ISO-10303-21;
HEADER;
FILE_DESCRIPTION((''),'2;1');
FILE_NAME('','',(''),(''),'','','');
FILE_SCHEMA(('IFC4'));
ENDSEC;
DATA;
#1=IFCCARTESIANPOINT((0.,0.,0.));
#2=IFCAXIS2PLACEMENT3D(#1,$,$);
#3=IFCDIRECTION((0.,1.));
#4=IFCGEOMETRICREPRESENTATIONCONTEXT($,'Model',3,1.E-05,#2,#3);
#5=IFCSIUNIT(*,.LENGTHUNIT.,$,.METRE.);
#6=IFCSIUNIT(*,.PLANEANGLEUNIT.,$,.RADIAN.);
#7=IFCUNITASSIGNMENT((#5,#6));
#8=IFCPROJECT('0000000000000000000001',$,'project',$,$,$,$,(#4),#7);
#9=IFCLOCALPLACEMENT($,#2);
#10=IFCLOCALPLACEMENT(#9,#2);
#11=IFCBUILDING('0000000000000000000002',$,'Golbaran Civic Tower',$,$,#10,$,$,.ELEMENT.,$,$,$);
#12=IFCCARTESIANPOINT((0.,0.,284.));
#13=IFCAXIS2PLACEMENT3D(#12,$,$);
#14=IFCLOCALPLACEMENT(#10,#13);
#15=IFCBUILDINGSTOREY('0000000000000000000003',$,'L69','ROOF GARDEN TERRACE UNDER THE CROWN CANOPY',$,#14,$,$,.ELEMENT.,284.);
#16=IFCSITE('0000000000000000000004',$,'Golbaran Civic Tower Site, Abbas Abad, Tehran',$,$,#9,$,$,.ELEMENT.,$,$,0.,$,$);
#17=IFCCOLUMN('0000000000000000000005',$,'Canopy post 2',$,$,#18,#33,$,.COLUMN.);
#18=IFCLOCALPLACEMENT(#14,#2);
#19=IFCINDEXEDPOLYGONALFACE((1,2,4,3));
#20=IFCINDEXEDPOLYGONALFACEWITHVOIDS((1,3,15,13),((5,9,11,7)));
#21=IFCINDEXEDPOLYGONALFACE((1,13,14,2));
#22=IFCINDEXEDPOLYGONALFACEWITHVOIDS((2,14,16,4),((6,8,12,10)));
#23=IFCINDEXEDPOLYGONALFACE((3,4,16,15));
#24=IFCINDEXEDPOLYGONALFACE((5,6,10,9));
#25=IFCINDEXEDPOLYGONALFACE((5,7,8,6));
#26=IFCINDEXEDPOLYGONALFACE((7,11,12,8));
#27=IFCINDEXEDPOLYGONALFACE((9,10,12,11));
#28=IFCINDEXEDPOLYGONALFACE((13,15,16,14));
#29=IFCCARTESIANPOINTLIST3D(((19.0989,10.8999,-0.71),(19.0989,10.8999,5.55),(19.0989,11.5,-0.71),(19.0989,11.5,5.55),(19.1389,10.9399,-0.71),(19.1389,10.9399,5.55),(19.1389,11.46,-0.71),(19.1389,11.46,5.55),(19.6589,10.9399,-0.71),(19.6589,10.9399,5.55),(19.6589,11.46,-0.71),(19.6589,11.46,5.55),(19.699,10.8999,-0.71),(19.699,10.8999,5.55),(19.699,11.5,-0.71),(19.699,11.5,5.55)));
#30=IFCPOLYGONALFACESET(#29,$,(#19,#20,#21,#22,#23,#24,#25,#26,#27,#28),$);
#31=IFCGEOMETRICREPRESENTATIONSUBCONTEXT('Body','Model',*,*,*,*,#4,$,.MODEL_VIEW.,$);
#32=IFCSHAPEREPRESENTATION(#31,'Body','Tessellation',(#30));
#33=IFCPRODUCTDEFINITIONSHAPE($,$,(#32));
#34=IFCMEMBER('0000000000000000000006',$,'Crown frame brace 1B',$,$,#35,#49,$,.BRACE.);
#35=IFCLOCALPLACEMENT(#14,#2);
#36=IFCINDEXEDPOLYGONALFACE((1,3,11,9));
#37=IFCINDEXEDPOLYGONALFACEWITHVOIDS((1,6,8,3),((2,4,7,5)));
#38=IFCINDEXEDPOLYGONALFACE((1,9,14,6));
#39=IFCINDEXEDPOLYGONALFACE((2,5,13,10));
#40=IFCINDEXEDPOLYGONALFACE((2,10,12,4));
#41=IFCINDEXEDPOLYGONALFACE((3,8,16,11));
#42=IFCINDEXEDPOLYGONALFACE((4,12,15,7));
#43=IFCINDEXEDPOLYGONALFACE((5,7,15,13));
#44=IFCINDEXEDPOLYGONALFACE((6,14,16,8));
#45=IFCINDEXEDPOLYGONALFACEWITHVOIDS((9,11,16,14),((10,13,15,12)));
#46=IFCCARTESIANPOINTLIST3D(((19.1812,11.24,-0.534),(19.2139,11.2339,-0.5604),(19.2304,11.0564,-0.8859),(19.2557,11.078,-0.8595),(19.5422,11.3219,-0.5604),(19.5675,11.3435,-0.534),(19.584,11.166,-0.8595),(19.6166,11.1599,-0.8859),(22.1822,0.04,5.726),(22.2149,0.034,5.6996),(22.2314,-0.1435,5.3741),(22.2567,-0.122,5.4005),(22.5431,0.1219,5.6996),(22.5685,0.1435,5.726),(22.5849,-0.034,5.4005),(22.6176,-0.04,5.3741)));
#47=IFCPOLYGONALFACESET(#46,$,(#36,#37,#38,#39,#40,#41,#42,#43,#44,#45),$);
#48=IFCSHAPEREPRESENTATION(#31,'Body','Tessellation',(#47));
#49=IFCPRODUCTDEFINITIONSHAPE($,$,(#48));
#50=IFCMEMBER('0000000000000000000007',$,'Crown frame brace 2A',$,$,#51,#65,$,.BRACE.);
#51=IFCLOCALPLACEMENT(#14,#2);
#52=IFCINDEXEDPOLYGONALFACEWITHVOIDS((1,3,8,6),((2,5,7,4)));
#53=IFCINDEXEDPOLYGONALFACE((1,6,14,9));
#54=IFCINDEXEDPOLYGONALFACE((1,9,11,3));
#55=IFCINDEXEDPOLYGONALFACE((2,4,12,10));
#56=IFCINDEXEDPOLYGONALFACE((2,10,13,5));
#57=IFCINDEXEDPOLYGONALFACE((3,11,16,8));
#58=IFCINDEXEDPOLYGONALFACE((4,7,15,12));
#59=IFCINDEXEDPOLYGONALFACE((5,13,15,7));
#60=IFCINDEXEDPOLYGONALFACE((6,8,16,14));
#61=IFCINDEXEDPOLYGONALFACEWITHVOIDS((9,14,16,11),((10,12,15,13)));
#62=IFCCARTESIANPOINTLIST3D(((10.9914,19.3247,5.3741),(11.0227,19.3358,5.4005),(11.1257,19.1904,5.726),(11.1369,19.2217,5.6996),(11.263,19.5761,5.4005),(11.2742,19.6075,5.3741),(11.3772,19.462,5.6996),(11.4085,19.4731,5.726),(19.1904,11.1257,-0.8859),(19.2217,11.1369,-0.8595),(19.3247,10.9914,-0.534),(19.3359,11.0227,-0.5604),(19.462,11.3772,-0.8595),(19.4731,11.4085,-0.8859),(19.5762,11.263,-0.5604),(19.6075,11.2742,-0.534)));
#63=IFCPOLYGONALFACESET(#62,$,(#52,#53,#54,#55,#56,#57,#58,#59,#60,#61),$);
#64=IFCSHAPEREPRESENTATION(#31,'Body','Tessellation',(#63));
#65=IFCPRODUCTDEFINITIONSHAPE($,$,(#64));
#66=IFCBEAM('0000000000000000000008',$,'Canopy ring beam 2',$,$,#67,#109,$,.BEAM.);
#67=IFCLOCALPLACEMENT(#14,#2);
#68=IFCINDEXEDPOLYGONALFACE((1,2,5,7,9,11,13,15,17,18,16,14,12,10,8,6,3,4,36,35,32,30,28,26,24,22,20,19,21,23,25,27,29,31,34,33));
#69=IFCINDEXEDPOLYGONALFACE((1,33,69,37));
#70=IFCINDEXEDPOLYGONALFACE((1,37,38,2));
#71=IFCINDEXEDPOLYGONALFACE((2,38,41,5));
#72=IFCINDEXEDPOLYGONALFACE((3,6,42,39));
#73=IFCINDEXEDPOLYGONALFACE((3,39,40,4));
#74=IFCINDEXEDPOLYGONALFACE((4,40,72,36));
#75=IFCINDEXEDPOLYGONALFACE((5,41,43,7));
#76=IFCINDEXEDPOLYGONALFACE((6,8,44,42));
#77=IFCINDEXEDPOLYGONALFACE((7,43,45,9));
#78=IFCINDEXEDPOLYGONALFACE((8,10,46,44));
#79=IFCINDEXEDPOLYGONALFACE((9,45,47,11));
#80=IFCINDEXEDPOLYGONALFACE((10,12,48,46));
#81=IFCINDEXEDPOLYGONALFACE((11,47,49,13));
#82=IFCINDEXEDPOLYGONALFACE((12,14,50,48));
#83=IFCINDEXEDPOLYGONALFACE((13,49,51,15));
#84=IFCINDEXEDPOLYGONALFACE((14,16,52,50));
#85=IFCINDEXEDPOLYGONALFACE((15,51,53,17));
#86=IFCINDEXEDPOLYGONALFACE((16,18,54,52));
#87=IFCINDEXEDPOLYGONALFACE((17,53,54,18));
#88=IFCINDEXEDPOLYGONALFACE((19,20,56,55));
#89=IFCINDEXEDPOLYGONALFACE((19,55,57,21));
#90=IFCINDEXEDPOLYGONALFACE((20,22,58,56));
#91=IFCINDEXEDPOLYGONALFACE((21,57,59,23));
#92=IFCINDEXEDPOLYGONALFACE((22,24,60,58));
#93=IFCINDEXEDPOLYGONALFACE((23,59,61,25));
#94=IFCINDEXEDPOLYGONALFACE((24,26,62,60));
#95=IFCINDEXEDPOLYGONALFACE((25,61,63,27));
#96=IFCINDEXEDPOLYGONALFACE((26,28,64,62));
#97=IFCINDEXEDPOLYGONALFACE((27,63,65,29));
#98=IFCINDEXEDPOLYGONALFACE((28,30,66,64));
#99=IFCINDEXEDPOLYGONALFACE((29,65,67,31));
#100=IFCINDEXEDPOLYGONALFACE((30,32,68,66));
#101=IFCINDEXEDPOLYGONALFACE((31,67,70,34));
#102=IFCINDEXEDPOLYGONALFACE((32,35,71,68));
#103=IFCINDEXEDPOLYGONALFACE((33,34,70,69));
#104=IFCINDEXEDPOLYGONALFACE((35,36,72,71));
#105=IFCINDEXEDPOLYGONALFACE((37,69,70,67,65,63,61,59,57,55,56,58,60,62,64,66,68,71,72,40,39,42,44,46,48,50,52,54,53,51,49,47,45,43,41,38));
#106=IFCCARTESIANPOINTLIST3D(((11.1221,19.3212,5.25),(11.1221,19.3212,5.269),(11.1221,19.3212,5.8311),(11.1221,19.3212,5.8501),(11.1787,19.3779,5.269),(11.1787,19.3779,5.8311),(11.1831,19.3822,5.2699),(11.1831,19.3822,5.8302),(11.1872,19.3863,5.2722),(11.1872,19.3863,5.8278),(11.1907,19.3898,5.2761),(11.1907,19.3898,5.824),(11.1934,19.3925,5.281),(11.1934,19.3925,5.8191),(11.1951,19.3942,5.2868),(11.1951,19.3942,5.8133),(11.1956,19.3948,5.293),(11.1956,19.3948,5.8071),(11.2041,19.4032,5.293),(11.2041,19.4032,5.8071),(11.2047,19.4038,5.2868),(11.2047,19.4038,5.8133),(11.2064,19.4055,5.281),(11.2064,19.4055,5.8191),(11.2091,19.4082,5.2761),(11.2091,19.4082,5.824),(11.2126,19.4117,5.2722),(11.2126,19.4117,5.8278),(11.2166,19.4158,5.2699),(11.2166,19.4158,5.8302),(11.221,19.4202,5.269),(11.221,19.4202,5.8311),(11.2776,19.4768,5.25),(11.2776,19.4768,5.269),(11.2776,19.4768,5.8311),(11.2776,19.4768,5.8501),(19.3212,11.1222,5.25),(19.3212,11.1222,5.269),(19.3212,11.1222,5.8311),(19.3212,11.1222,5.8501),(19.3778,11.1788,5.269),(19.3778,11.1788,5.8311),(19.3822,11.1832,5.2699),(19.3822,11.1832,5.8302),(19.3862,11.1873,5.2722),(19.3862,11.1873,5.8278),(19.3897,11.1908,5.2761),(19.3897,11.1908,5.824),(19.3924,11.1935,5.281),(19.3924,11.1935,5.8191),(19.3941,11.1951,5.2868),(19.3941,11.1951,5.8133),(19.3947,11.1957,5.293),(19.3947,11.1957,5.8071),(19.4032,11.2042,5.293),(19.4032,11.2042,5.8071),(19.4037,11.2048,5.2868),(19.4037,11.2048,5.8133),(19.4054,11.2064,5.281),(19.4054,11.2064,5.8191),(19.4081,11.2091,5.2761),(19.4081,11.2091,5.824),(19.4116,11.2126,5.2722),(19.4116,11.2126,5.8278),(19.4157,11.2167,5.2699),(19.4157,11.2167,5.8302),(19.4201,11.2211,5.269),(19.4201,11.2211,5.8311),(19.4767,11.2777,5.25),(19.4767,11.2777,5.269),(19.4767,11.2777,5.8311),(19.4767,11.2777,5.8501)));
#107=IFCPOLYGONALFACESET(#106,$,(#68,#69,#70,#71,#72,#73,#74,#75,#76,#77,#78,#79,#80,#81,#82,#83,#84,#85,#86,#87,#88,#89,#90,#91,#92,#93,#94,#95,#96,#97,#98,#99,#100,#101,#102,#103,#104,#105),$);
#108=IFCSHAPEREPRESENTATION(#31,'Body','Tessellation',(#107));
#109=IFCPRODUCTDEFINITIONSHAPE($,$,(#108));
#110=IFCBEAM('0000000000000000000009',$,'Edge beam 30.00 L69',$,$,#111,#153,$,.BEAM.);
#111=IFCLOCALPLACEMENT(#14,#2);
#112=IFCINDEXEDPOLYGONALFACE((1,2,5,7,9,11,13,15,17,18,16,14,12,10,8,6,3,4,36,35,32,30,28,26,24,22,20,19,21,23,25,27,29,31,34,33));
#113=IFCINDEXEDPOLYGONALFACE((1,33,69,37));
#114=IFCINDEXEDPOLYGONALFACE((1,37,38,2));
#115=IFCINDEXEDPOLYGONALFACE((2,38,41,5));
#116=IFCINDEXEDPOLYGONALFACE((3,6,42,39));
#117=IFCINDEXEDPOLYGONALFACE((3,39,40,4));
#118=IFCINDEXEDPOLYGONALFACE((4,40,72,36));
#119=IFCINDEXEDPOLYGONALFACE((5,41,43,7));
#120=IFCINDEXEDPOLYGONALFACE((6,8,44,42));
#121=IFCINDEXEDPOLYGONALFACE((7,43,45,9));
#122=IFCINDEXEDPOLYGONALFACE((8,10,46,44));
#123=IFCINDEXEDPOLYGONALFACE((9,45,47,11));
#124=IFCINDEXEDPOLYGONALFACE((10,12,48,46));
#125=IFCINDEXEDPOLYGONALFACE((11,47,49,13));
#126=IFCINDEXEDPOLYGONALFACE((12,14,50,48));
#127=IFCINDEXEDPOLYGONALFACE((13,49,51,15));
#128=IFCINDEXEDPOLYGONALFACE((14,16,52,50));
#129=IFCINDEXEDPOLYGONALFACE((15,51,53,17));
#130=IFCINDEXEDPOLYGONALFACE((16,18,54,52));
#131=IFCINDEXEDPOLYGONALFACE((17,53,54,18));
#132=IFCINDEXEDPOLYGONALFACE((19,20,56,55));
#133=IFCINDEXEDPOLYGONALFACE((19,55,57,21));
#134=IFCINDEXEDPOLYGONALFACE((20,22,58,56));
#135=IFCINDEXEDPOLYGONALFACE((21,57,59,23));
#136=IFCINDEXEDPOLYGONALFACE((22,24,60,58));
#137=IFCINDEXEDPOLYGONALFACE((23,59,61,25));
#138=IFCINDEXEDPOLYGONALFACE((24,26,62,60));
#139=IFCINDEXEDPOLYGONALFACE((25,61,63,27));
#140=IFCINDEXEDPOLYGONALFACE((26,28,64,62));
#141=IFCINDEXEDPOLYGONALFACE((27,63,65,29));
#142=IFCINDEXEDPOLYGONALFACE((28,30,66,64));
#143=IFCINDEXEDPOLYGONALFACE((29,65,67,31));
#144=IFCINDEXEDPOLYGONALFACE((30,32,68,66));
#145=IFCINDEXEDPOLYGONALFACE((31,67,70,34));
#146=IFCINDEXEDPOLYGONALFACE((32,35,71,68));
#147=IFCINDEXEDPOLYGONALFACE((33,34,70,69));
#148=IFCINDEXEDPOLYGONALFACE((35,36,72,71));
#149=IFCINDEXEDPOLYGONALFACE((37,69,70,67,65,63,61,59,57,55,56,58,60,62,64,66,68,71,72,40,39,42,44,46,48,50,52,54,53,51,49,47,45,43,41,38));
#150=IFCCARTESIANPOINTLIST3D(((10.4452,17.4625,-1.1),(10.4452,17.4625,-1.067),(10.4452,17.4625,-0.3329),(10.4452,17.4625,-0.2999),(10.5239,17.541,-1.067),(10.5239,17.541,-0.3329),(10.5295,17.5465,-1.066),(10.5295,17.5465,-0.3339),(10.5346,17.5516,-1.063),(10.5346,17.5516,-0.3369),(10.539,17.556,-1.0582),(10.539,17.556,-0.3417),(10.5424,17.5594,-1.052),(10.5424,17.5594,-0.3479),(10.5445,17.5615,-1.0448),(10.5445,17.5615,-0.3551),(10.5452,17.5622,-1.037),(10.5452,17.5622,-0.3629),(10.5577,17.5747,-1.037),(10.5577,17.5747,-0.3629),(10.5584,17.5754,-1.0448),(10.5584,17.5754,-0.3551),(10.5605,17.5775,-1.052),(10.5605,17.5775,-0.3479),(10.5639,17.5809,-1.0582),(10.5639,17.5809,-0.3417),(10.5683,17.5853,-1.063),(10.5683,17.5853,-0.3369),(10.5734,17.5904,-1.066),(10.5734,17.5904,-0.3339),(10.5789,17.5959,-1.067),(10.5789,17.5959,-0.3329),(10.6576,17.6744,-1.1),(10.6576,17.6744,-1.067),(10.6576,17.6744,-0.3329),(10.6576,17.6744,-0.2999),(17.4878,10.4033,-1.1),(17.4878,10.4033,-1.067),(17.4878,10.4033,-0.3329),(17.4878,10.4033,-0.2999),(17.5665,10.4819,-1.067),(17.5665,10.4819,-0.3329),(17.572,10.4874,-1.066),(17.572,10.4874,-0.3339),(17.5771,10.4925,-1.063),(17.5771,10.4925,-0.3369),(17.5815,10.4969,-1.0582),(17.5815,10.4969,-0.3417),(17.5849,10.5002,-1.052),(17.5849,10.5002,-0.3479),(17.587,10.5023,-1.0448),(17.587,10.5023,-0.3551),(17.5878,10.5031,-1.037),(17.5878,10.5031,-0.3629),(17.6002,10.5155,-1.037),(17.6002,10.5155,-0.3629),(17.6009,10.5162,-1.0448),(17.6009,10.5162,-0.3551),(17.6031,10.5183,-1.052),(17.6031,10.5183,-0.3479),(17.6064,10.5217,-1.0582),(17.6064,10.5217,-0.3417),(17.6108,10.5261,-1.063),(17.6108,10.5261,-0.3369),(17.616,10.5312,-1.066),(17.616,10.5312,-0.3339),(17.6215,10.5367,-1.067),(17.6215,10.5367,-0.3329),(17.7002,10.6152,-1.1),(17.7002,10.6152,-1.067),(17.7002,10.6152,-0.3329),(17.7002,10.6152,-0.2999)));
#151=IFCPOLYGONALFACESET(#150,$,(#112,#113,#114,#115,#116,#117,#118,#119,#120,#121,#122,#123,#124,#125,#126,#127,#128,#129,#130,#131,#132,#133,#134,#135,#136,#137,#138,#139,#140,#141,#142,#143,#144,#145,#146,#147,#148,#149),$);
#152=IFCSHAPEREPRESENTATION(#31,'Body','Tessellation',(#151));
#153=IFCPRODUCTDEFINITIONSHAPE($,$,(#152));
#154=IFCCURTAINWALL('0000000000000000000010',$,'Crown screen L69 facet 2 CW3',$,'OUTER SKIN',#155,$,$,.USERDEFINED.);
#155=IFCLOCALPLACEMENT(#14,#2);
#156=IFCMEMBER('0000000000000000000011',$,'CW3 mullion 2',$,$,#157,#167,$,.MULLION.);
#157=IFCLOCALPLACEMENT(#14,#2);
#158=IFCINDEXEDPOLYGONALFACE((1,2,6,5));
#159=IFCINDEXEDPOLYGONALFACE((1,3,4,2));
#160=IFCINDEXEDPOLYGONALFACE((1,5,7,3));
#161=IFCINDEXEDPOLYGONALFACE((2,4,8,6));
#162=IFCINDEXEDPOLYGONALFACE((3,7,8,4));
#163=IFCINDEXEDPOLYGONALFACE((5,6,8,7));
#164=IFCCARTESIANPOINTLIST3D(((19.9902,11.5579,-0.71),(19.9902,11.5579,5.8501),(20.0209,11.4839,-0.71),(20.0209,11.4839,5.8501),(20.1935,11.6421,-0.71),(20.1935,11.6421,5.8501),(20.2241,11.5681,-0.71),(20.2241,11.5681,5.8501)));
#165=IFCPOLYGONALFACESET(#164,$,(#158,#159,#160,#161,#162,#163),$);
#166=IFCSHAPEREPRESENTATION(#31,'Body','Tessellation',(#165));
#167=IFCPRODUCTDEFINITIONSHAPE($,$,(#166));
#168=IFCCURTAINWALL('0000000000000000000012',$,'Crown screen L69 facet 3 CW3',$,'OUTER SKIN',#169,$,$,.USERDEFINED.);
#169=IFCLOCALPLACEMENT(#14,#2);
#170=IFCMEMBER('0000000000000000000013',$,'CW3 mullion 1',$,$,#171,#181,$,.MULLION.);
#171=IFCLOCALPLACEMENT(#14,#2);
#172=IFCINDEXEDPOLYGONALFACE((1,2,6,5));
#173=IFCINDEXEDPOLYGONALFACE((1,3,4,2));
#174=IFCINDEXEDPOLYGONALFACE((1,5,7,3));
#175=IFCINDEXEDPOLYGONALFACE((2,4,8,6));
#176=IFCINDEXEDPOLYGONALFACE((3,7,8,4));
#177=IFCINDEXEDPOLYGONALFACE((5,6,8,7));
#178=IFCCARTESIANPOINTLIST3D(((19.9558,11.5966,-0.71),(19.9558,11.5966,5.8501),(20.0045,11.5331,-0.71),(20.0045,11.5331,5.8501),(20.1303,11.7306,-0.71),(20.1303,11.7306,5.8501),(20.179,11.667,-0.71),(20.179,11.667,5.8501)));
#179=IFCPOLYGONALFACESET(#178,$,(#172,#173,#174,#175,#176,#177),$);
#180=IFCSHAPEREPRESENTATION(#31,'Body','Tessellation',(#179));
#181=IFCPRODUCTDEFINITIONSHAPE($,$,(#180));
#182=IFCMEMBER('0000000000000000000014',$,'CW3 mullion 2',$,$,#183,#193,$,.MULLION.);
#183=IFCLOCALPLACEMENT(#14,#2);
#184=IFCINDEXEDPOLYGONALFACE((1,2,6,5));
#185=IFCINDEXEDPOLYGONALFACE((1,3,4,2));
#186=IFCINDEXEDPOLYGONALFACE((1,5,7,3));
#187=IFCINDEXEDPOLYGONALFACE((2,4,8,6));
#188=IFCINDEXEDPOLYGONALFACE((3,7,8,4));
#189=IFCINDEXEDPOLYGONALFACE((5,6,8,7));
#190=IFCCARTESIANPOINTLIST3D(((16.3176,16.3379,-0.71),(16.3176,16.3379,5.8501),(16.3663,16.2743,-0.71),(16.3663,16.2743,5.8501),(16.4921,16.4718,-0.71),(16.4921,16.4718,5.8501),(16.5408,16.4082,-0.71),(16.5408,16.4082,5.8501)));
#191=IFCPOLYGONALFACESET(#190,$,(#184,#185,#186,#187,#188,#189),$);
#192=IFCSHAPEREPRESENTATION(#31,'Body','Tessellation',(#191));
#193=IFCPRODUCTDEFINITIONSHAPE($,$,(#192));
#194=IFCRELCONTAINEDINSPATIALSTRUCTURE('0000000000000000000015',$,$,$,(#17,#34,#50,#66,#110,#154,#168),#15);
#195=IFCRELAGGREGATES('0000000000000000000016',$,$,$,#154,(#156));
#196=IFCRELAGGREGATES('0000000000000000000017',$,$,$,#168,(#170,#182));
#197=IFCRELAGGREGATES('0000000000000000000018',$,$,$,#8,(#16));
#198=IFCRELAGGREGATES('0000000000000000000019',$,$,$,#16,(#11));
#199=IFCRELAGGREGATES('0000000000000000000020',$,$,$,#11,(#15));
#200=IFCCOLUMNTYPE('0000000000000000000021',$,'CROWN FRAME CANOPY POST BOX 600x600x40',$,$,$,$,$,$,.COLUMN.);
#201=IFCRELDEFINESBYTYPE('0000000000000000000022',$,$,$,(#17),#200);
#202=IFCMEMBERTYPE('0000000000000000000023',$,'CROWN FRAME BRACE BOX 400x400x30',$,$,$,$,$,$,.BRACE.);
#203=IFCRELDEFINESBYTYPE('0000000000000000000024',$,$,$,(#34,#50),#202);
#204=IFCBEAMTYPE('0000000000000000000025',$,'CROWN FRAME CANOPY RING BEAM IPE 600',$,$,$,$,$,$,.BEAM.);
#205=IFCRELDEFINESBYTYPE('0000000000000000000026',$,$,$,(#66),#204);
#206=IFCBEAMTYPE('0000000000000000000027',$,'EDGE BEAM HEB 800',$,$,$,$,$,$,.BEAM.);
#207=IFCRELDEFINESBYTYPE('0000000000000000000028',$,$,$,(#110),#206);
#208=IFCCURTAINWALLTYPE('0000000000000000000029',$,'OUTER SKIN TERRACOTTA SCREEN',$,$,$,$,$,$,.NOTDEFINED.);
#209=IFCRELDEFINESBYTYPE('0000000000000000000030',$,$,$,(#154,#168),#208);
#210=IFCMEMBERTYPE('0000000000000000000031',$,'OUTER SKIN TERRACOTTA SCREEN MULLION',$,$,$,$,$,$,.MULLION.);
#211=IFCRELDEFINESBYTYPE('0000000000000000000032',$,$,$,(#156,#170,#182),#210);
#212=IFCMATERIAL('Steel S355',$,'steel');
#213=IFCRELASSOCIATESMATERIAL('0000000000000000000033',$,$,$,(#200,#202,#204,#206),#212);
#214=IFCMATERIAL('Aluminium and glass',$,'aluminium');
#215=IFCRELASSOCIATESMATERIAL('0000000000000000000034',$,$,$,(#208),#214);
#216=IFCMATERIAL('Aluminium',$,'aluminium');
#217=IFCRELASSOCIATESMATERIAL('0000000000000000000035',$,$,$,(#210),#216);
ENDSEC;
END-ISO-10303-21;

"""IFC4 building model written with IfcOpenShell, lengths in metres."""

from ifc_helpers import new_model, si_unit, direction, frame, origin, origin_2d, place, context, subcontext, project, spatial, rectangle, hollow_rectangle, i_section, extrude, material, material_profile, profile_set, type_object, element, aggregate, save


model = new_model("IFC4")

# Units and contexts
model_context = context("Model", 3, precision=1e-05, world=origin(), true_north=direction((0.0, 1.0)))
body_context = subcontext(model_context, "Body", "Model", "MODEL_VIEW")
ifc_project = project(units=[si_unit("LENGTHUNIT", "METRE"), si_unit("PLANEANGLEUNIT", "RADIAN")], contexts=[model_context])

# Site, building, storey
site_placement = place(None, origin())
site = spatial("IfcSite", under=ifc_project, at=site_placement, Name="Golbaran Civic Tower Site, Abbas Abad, Tehran", CompositionType="ELEMENT", RefElevation=0.0)
building_placement = place(site_placement, origin())
building = spatial("IfcBuilding", under=site, at=building_placement, Name="Golbaran Civic Tower", CompositionType="ELEMENT")
storey_placement = place(building_placement, frame((0.0, 0.0, 284.0)))
storey = spatial("IfcBuildingStorey", under=building, at=storey_placement, Name="L69", Description="ROOF GARDEN TERRACE UNDER THE CROWN CANOPY", CompositionType="ELEMENT", Elevation=284.0)

# Column
ifc_material_1 = material(Name="Steel S355", Category="steel")
ifc_material_profile_1 = material_profile(ifc_material_1, hollow_rectangle(XDim=0.6001, YDim=0.6001, WallThickness=0.04, at=origin_2d()), Name="BOX 600x600x40")
ifc_profile_set_1 = profile_set([ifc_material_profile_1], Name="Steel S355")
column_type = type_object("IfcColumnType", Name="CROWN FRAME CANOPY POST BOX 600x600x40", PredefinedType="COLUMN", material=ifc_profile_set_1)
column_placement = place(storey_placement, frame((19.3989, 11.2, -0.71), z_axis=(0.0, 0.0, 1.0), x_axis=(1.0, 0.0, 0.0)))
element("IfcColumn", 1, at=column_placement, inside=storey, type_object=column_type, Name="Canopy post 2", PredefinedType="COLUMN", context=body_context, shape_type="SweptSolid", body=[
    extrude(hollow_rectangle(XDim=0.6001, YDim=0.6001, WallThickness=0.04, at=origin_2d()), origin(), (0.0, 0.0, 1.0), 6.26),
])

# Members
ifc_material_profile_2 = material_profile(ifc_material_1, hollow_rectangle(XDim=0.3999, YDim=0.3999, WallThickness=0.03, at=origin_2d()), Name="BOX 400x400x30")
ifc_profile_set_2 = profile_set([ifc_material_profile_2], Name="Steel S355")
member_type_1 = type_object("IfcMemberType", Name="CROWN FRAME BRACE BOX 400x400x30", PredefinedType="BRACE", material=ifc_profile_set_2)
for number, where, z_axis, x_axis, name in (
    (2, (19.3989, 11.2, -0.71), (0.227744, -0.849964, 0.475072), (0.965927, 0.258816, 0.0), "Crown frame brace 1B"),
    (3, (19.3989, 11.2, -0.71), (-0.622217, 0.622217, 0.47507), (-0.707107, -0.707107, 0.0), "Crown frame brace 2A"),
):
    element("IfcMember", number, at=place(storey_placement, frame(where, z_axis=z_axis, x_axis=x_axis)), inside=storey, type_object=member_type_1, Name=name, PredefinedType="BRACE", context=body_context, shape_type="SweptSolid", body=[
        extrude(hollow_rectangle(XDim=0.3999, YDim=0.3999, WallThickness=0.03, at=origin_2d()), origin(), (0.0, 0.0, 1.0), 13.177),
    ])

# Beams
ifc_material_profile_3 = material_profile(ifc_material_1, i_section(OverallWidth=0.22, OverallDepth=0.6001, WebThickness=0.012, FlangeThickness=0.019, FilletRadius=0.0239, at=origin_2d()), Name="IPE 600")
ifc_profile_set_3 = profile_set([ifc_material_profile_3], Name="Steel S355")
beam_type_1 = type_object("IfcBeamType", Name="CROWN FRAME CANOPY RING BEAM IPE 600", PredefinedType="BEAM", material=ifc_profile_set_3)
beam_1_placement = place(storey_placement, frame((19.3989, 11.2, 5.55), z_axis=(-0.707107, 0.707107, 0.0), x_axis=(-0.707107, -0.707107, 0.0)))
element("IfcBeam", 4, at=beam_1_placement, inside=storey, type_object=beam_type_1, Name="Canopy ring beam 2", PredefinedType="BEAM", context=body_context, shape_type="SweptSolid", body=[
    extrude(i_section(OverallWidth=0.22, OverallDepth=0.6001, WebThickness=0.012, FlangeThickness=0.019, FilletRadius=0.0239, at=origin_2d()), origin(), (0.0, 0.0, 1.0), 11.5952),
])
ifc_material_profile_4 = material_profile(ifc_material_1, i_section(OverallWidth=0.3, OverallDepth=0.8, WebThickness=0.0176, FlangeThickness=0.033, FilletRadius=0.03, at=origin_2d()), Name="HEB 800")
ifc_profile_set_4 = profile_set([ifc_material_profile_4], Name="Steel S355")
beam_type_2 = type_object("IfcBeamType", Name="EDGE BEAM HEB 800", PredefinedType="BEAM", material=ifc_profile_set_4)
beam_2_placement = place(storey_placement, frame((17.594, 10.5093, -0.7), z_axis=(-0.706274, 0.707939, 0.0), x_axis=(-0.707939, -0.706274, 0.0)))
element("IfcBeam", 5, at=beam_2_placement, inside=storey, type_object=beam_type_2, Name="Edge beam 30.00 L69", PredefinedType="BEAM", context=body_context, shape_type="SweptSolid", body=[
    extrude(i_section(OverallWidth=0.3, OverallDepth=0.8, WebThickness=0.0176, FlangeThickness=0.033, FilletRadius=0.03, at=origin_2d()), origin(), (0.0, 0.0, 1.0), 9.9714),
])

# Curtain wall, member
ifc_material_2 = material(Name="Aluminium and glass", Category="aluminium")
curtain_wall_type = type_object("IfcCurtainWallType", Name="OUTER SKIN TERRACOTTA SCREEN", PredefinedType="NOTDEFINED", material=ifc_material_2)
curtain_wall_1_placement = place(storey_placement, origin())
curtain_wall_1 = element("IfcCurtainWall", 6, at=curtain_wall_1_placement, inside=storey, type_object=curtain_wall_type, Name="Crown screen L69 facet 2 CW3", ObjectType="OUTER SKIN", PredefinedType="USERDEFINED")
ifc_material_3 = material(Name="Aluminium", Category="aluminium")
ifc_material_profile_5 = material_profile(ifc_material_3, rectangle(XDim=0.22, YDim=0.0801, at=origin_2d()), Name="OUTER SKIN TERRACOTTA SCREEN MULLION")
ifc_profile_set_5 = profile_set([ifc_material_profile_5], Name="Aluminium")
member_type_2 = type_object("IfcMemberType", Name="OUTER SKIN TERRACOTTA SCREEN MULLION", PredefinedType="MULLION", material=ifc_profile_set_5)
member_1_placement = place(storey_placement, frame((20.1072, 11.563, -0.71), z_axis=(0.0, 0.0, 1.0), x_axis=(-0.92388, -0.382683, 0.0)))
member_1 = element("IfcMember", 7, at=member_1_placement, type_object=member_type_2, Name="CW3 mullion 2", PredefinedType="MULLION", context=body_context, shape_type="SweptSolid", body=[
    extrude(rectangle(XDim=0.22, YDim=0.0801, at=origin_2d()), origin(), (0.0, 0.0, 1.0), 6.5601),
])
aggregate(curtain_wall_1, [member_1])

# Curtain wall, members
curtain_wall_2_placement = place(storey_placement, origin())
curtain_wall_2 = element("IfcCurtainWall", 8, at=curtain_wall_2_placement, inside=storey, type_object=curtain_wall_type, Name="Crown screen L69 facet 3 CW3", ObjectType="OUTER SKIN", PredefinedType="USERDEFINED")
member_2_placement = place(storey_placement, frame((20.0674, 11.6318, -0.71), z_axis=(0.0, 0.0, 1.0), x_axis=(-0.793353, -0.608761, 0.0)))
member_2 = element("IfcMember", 9, at=member_2_placement, type_object=member_type_2, Name="CW3 mullion 1", PredefinedType="MULLION", context=body_context, shape_type="SweptSolid", body=[
    extrude(rectangle(XDim=0.22, YDim=0.0801, at=origin_2d()), origin(), (0.0, 0.0, 1.0), 6.5601),
])
member_3_placement = place(storey_placement, frame((16.4292, 16.373, -0.71), z_axis=(0.0, 0.0, 1.0), x_axis=(-0.793353, -0.608761, 0.0)))
member_3 = element("IfcMember", 10, at=member_3_placement, type_object=member_type_2, Name="CW3 mullion 2", PredefinedType="MULLION", context=body_context, shape_type="SweptSolid", body=[
    extrude(rectangle(XDim=0.22, YDim=0.0801, at=origin_2d()), origin(), (0.0, 0.0, 1.0), 6.5601),
])

aggregate(curtain_wall_2, [member_2, member_3])

save(model, "model.ifc")
